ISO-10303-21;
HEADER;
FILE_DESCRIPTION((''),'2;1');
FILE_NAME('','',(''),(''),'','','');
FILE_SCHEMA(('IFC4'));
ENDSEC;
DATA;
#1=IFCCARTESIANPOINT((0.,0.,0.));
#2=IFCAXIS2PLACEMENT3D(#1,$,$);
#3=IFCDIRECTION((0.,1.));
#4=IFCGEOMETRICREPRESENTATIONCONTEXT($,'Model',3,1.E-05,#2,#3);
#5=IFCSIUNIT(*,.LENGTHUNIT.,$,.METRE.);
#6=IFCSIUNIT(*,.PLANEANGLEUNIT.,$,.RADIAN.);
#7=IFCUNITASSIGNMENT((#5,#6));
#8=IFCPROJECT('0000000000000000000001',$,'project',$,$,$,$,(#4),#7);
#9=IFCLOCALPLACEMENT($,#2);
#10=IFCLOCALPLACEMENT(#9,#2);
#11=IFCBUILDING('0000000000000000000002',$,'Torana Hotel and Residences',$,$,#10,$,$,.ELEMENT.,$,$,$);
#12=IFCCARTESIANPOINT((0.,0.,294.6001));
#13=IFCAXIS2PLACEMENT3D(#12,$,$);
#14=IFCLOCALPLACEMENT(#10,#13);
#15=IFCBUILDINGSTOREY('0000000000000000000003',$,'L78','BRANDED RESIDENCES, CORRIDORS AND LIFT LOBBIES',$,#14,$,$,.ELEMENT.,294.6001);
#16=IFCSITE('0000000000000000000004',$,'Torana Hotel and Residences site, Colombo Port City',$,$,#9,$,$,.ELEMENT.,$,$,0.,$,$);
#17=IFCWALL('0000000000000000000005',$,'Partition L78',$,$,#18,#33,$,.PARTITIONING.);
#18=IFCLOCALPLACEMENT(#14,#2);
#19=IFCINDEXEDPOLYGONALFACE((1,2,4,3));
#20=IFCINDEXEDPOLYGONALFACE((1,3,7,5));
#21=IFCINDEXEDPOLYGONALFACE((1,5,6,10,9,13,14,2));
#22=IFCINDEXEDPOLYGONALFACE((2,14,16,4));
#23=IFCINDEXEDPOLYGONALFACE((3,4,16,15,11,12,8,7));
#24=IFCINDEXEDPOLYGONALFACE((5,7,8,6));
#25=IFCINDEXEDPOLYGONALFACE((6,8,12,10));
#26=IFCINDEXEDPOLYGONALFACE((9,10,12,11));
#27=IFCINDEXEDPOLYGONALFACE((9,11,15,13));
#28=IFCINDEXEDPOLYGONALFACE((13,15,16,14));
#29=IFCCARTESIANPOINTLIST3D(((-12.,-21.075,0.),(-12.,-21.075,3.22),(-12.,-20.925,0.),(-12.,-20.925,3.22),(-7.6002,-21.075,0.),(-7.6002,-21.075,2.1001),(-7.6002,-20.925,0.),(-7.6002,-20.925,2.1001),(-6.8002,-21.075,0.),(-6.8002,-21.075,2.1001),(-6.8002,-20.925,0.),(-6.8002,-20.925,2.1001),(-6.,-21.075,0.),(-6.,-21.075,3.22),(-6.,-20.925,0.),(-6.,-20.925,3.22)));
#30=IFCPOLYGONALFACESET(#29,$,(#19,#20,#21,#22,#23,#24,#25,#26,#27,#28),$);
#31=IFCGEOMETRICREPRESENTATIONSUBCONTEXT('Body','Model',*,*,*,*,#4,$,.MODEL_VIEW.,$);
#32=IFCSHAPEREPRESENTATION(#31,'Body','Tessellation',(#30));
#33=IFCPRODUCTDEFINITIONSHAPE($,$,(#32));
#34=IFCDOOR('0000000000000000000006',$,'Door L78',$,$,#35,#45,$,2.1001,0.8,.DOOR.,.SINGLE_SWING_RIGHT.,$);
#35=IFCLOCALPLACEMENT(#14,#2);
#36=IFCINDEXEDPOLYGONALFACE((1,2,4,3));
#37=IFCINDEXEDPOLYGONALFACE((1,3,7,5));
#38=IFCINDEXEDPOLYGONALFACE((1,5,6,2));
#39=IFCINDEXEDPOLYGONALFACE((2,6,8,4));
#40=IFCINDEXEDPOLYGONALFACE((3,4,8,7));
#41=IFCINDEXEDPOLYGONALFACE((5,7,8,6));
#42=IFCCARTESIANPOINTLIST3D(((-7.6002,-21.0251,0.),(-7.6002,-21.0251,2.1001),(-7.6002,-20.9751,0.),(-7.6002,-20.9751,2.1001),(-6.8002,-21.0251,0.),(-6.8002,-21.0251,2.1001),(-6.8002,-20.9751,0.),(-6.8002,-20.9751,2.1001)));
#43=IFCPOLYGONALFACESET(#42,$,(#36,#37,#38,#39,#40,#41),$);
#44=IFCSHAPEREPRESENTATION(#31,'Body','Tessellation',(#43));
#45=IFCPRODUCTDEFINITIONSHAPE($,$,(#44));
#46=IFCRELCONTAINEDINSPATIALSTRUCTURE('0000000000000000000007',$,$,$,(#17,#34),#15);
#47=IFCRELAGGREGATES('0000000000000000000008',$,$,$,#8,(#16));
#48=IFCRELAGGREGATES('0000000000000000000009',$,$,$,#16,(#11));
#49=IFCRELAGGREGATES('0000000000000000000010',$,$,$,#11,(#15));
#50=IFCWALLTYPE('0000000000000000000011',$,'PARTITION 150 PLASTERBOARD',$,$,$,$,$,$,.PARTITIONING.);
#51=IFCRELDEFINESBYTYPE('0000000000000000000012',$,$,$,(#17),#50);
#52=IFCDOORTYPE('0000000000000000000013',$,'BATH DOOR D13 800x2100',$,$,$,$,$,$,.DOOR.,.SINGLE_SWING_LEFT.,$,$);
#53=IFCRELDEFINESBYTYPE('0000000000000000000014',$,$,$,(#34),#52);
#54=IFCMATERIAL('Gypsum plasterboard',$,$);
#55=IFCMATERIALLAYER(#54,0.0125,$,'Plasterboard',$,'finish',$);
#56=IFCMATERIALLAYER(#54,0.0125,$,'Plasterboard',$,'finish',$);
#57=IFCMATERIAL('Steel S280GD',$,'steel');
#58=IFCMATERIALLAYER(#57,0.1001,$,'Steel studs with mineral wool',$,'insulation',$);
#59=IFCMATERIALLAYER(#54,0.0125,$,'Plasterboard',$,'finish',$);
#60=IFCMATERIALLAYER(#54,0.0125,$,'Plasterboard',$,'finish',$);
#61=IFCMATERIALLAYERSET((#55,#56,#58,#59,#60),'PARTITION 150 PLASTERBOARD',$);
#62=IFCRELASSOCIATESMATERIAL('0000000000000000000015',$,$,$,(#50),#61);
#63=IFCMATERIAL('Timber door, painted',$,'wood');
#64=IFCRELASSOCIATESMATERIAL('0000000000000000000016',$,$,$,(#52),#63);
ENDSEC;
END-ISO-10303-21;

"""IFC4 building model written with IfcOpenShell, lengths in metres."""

from ifc_helpers import new_model, si_unit, direction, frame, frame_2d, origin, place, context, subcontext, project, spatial, rectangle, extrude, material, layer, layer_set, type_object, element, fill, save


model = new_model("IFC4")

# Units and contexts
model_context = context("Model", 3, precision=1e-05, world=origin(), true_north=direction((0.0, 1.0)))
body_context = subcontext(model_context, "Body", "Model", "MODEL_VIEW")
ifc_project = project(units=[si_unit("LENGTHUNIT", "METRE"), si_unit("PLANEANGLEUNIT", "RADIAN")], contexts=[model_context])

# Site, building, storey
site_placement = place(None, origin())
site = spatial("IfcSite", under=ifc_project, at=site_placement, Name="Torana Hotel and Residences site, Colombo Port City", CompositionType="ELEMENT", RefElevation=0.0)
building_placement = place(site_placement, origin())
building = spatial("IfcBuilding", under=site, at=building_placement, Name="Torana Hotel and Residences", CompositionType="ELEMENT")
storey_placement = place(building_placement, frame((0.0, 0.0, 294.6001)))
storey = spatial("IfcBuildingStorey", under=building, at=storey_placement, Name="L78", Description="BRANDED RESIDENCES, CORRIDORS AND LIFT LOBBIES", CompositionType="ELEMENT", Elevation=294.6001)

# Shared definitions
ifc_material_1 = material(Name="Gypsum plasterboard")
ifc_layer_1 = layer(ifc_material_1, 0.0125, Name="Plasterboard", Category="finish")
ifc_layer_2 = layer(ifc_material_1, 0.0125, Name="Plasterboard", Category="finish")
ifc_material_2 = material(Name="Steel S280GD", Category="steel")
ifc_layer_3 = layer(ifc_material_2, 0.1001, Name="Steel studs with mineral wool", Category="insulation")
ifc_layer_4 = layer(ifc_material_1, 0.0125, Name="Plasterboard", Category="finish")
ifc_layer_5 = layer(ifc_material_1, 0.0125, Name="Plasterboard", Category="finish")
ifc_layer_set_1 = layer_set([ifc_layer_1, ifc_layer_2, ifc_layer_3, ifc_layer_4, ifc_layer_5], Name="PARTITION 150 PLASTERBOARD")
wall_type_1 = type_object("IfcWallType", Name="PARTITION 150 PLASTERBOARD", PredefinedType="PARTITIONING", material=ifc_layer_set_1)
ifc_material_3 = material(Name="Timber door, painted", Category="wood")
door_type_1 = type_object("IfcDoorType", Name="BATH DOOR D13 800x2100", OperationType="SINGLE_SWING_LEFT", PredefinedType="DOOR", material=ifc_material_3)

# Wall, opening, door
wall_1_placement = place(storey_placement, frame((-12.0, -21.0, 0.0), z_axis=(0.0, 0.0, 1.0), x_axis=(1.0, 0.0, 0.0)))
wall_1 = element("IfcWall", 1, at=wall_1_placement, inside=storey, type_object=wall_type_1, Name="Partition L78", PredefinedType="PARTITIONING", context=body_context, shape_type="SweptSolid", body=[
    extrude(rectangle(XDim=6.0, YDim=0.1499, at=frame_2d((3.0, 0.0))), origin(), (0.0, 0.0, 1.0), 3.22),
])
opening_1_placement = place(wall_1_placement, frame((4.3999, 0.0, 0.0)))
opening_1 = element("IfcOpeningElement", 2, at=opening_1_placement, cuts=wall_1, PredefinedType="OPENING", context=body_context, shape_type="SweptSolid", body=[
    extrude(rectangle(XDim=0.8, YDim=2.1001, at=frame_2d((0.3999, 1.05))), frame((0.0, 0.085, 0.0), z_axis=(0.0, -1.0, 0.0), x_axis=(1.0, 0.0, 0.0)), (0.0, 0.0, 1.0), 0.1699),
])
door_1_placement = place(opening_1_placement, origin())
door_1 = element("IfcDoor", 3, at=door_1_placement, inside=storey, type_object=door_type_1, Name="Door L78", OperationType="SINGLE_SWING_RIGHT", OverallHeight=2.1001, OverallWidth=0.8, PredefinedType="DOOR", context=body_context, shape_type="SweptSolid", body=[
    extrude(rectangle(XDim=0.8, YDim=2.1001, at=frame_2d((0.3999, 1.05))), frame((0.0, 0.0249, 0.0), z_axis=(0.0, -1.0, 0.0), x_axis=(1.0, 0.0, 0.0)), (0.0, 0.0, 1.0), 0.05),
])
fill(opening_1, door_1)

save(model, "model.ifc")
